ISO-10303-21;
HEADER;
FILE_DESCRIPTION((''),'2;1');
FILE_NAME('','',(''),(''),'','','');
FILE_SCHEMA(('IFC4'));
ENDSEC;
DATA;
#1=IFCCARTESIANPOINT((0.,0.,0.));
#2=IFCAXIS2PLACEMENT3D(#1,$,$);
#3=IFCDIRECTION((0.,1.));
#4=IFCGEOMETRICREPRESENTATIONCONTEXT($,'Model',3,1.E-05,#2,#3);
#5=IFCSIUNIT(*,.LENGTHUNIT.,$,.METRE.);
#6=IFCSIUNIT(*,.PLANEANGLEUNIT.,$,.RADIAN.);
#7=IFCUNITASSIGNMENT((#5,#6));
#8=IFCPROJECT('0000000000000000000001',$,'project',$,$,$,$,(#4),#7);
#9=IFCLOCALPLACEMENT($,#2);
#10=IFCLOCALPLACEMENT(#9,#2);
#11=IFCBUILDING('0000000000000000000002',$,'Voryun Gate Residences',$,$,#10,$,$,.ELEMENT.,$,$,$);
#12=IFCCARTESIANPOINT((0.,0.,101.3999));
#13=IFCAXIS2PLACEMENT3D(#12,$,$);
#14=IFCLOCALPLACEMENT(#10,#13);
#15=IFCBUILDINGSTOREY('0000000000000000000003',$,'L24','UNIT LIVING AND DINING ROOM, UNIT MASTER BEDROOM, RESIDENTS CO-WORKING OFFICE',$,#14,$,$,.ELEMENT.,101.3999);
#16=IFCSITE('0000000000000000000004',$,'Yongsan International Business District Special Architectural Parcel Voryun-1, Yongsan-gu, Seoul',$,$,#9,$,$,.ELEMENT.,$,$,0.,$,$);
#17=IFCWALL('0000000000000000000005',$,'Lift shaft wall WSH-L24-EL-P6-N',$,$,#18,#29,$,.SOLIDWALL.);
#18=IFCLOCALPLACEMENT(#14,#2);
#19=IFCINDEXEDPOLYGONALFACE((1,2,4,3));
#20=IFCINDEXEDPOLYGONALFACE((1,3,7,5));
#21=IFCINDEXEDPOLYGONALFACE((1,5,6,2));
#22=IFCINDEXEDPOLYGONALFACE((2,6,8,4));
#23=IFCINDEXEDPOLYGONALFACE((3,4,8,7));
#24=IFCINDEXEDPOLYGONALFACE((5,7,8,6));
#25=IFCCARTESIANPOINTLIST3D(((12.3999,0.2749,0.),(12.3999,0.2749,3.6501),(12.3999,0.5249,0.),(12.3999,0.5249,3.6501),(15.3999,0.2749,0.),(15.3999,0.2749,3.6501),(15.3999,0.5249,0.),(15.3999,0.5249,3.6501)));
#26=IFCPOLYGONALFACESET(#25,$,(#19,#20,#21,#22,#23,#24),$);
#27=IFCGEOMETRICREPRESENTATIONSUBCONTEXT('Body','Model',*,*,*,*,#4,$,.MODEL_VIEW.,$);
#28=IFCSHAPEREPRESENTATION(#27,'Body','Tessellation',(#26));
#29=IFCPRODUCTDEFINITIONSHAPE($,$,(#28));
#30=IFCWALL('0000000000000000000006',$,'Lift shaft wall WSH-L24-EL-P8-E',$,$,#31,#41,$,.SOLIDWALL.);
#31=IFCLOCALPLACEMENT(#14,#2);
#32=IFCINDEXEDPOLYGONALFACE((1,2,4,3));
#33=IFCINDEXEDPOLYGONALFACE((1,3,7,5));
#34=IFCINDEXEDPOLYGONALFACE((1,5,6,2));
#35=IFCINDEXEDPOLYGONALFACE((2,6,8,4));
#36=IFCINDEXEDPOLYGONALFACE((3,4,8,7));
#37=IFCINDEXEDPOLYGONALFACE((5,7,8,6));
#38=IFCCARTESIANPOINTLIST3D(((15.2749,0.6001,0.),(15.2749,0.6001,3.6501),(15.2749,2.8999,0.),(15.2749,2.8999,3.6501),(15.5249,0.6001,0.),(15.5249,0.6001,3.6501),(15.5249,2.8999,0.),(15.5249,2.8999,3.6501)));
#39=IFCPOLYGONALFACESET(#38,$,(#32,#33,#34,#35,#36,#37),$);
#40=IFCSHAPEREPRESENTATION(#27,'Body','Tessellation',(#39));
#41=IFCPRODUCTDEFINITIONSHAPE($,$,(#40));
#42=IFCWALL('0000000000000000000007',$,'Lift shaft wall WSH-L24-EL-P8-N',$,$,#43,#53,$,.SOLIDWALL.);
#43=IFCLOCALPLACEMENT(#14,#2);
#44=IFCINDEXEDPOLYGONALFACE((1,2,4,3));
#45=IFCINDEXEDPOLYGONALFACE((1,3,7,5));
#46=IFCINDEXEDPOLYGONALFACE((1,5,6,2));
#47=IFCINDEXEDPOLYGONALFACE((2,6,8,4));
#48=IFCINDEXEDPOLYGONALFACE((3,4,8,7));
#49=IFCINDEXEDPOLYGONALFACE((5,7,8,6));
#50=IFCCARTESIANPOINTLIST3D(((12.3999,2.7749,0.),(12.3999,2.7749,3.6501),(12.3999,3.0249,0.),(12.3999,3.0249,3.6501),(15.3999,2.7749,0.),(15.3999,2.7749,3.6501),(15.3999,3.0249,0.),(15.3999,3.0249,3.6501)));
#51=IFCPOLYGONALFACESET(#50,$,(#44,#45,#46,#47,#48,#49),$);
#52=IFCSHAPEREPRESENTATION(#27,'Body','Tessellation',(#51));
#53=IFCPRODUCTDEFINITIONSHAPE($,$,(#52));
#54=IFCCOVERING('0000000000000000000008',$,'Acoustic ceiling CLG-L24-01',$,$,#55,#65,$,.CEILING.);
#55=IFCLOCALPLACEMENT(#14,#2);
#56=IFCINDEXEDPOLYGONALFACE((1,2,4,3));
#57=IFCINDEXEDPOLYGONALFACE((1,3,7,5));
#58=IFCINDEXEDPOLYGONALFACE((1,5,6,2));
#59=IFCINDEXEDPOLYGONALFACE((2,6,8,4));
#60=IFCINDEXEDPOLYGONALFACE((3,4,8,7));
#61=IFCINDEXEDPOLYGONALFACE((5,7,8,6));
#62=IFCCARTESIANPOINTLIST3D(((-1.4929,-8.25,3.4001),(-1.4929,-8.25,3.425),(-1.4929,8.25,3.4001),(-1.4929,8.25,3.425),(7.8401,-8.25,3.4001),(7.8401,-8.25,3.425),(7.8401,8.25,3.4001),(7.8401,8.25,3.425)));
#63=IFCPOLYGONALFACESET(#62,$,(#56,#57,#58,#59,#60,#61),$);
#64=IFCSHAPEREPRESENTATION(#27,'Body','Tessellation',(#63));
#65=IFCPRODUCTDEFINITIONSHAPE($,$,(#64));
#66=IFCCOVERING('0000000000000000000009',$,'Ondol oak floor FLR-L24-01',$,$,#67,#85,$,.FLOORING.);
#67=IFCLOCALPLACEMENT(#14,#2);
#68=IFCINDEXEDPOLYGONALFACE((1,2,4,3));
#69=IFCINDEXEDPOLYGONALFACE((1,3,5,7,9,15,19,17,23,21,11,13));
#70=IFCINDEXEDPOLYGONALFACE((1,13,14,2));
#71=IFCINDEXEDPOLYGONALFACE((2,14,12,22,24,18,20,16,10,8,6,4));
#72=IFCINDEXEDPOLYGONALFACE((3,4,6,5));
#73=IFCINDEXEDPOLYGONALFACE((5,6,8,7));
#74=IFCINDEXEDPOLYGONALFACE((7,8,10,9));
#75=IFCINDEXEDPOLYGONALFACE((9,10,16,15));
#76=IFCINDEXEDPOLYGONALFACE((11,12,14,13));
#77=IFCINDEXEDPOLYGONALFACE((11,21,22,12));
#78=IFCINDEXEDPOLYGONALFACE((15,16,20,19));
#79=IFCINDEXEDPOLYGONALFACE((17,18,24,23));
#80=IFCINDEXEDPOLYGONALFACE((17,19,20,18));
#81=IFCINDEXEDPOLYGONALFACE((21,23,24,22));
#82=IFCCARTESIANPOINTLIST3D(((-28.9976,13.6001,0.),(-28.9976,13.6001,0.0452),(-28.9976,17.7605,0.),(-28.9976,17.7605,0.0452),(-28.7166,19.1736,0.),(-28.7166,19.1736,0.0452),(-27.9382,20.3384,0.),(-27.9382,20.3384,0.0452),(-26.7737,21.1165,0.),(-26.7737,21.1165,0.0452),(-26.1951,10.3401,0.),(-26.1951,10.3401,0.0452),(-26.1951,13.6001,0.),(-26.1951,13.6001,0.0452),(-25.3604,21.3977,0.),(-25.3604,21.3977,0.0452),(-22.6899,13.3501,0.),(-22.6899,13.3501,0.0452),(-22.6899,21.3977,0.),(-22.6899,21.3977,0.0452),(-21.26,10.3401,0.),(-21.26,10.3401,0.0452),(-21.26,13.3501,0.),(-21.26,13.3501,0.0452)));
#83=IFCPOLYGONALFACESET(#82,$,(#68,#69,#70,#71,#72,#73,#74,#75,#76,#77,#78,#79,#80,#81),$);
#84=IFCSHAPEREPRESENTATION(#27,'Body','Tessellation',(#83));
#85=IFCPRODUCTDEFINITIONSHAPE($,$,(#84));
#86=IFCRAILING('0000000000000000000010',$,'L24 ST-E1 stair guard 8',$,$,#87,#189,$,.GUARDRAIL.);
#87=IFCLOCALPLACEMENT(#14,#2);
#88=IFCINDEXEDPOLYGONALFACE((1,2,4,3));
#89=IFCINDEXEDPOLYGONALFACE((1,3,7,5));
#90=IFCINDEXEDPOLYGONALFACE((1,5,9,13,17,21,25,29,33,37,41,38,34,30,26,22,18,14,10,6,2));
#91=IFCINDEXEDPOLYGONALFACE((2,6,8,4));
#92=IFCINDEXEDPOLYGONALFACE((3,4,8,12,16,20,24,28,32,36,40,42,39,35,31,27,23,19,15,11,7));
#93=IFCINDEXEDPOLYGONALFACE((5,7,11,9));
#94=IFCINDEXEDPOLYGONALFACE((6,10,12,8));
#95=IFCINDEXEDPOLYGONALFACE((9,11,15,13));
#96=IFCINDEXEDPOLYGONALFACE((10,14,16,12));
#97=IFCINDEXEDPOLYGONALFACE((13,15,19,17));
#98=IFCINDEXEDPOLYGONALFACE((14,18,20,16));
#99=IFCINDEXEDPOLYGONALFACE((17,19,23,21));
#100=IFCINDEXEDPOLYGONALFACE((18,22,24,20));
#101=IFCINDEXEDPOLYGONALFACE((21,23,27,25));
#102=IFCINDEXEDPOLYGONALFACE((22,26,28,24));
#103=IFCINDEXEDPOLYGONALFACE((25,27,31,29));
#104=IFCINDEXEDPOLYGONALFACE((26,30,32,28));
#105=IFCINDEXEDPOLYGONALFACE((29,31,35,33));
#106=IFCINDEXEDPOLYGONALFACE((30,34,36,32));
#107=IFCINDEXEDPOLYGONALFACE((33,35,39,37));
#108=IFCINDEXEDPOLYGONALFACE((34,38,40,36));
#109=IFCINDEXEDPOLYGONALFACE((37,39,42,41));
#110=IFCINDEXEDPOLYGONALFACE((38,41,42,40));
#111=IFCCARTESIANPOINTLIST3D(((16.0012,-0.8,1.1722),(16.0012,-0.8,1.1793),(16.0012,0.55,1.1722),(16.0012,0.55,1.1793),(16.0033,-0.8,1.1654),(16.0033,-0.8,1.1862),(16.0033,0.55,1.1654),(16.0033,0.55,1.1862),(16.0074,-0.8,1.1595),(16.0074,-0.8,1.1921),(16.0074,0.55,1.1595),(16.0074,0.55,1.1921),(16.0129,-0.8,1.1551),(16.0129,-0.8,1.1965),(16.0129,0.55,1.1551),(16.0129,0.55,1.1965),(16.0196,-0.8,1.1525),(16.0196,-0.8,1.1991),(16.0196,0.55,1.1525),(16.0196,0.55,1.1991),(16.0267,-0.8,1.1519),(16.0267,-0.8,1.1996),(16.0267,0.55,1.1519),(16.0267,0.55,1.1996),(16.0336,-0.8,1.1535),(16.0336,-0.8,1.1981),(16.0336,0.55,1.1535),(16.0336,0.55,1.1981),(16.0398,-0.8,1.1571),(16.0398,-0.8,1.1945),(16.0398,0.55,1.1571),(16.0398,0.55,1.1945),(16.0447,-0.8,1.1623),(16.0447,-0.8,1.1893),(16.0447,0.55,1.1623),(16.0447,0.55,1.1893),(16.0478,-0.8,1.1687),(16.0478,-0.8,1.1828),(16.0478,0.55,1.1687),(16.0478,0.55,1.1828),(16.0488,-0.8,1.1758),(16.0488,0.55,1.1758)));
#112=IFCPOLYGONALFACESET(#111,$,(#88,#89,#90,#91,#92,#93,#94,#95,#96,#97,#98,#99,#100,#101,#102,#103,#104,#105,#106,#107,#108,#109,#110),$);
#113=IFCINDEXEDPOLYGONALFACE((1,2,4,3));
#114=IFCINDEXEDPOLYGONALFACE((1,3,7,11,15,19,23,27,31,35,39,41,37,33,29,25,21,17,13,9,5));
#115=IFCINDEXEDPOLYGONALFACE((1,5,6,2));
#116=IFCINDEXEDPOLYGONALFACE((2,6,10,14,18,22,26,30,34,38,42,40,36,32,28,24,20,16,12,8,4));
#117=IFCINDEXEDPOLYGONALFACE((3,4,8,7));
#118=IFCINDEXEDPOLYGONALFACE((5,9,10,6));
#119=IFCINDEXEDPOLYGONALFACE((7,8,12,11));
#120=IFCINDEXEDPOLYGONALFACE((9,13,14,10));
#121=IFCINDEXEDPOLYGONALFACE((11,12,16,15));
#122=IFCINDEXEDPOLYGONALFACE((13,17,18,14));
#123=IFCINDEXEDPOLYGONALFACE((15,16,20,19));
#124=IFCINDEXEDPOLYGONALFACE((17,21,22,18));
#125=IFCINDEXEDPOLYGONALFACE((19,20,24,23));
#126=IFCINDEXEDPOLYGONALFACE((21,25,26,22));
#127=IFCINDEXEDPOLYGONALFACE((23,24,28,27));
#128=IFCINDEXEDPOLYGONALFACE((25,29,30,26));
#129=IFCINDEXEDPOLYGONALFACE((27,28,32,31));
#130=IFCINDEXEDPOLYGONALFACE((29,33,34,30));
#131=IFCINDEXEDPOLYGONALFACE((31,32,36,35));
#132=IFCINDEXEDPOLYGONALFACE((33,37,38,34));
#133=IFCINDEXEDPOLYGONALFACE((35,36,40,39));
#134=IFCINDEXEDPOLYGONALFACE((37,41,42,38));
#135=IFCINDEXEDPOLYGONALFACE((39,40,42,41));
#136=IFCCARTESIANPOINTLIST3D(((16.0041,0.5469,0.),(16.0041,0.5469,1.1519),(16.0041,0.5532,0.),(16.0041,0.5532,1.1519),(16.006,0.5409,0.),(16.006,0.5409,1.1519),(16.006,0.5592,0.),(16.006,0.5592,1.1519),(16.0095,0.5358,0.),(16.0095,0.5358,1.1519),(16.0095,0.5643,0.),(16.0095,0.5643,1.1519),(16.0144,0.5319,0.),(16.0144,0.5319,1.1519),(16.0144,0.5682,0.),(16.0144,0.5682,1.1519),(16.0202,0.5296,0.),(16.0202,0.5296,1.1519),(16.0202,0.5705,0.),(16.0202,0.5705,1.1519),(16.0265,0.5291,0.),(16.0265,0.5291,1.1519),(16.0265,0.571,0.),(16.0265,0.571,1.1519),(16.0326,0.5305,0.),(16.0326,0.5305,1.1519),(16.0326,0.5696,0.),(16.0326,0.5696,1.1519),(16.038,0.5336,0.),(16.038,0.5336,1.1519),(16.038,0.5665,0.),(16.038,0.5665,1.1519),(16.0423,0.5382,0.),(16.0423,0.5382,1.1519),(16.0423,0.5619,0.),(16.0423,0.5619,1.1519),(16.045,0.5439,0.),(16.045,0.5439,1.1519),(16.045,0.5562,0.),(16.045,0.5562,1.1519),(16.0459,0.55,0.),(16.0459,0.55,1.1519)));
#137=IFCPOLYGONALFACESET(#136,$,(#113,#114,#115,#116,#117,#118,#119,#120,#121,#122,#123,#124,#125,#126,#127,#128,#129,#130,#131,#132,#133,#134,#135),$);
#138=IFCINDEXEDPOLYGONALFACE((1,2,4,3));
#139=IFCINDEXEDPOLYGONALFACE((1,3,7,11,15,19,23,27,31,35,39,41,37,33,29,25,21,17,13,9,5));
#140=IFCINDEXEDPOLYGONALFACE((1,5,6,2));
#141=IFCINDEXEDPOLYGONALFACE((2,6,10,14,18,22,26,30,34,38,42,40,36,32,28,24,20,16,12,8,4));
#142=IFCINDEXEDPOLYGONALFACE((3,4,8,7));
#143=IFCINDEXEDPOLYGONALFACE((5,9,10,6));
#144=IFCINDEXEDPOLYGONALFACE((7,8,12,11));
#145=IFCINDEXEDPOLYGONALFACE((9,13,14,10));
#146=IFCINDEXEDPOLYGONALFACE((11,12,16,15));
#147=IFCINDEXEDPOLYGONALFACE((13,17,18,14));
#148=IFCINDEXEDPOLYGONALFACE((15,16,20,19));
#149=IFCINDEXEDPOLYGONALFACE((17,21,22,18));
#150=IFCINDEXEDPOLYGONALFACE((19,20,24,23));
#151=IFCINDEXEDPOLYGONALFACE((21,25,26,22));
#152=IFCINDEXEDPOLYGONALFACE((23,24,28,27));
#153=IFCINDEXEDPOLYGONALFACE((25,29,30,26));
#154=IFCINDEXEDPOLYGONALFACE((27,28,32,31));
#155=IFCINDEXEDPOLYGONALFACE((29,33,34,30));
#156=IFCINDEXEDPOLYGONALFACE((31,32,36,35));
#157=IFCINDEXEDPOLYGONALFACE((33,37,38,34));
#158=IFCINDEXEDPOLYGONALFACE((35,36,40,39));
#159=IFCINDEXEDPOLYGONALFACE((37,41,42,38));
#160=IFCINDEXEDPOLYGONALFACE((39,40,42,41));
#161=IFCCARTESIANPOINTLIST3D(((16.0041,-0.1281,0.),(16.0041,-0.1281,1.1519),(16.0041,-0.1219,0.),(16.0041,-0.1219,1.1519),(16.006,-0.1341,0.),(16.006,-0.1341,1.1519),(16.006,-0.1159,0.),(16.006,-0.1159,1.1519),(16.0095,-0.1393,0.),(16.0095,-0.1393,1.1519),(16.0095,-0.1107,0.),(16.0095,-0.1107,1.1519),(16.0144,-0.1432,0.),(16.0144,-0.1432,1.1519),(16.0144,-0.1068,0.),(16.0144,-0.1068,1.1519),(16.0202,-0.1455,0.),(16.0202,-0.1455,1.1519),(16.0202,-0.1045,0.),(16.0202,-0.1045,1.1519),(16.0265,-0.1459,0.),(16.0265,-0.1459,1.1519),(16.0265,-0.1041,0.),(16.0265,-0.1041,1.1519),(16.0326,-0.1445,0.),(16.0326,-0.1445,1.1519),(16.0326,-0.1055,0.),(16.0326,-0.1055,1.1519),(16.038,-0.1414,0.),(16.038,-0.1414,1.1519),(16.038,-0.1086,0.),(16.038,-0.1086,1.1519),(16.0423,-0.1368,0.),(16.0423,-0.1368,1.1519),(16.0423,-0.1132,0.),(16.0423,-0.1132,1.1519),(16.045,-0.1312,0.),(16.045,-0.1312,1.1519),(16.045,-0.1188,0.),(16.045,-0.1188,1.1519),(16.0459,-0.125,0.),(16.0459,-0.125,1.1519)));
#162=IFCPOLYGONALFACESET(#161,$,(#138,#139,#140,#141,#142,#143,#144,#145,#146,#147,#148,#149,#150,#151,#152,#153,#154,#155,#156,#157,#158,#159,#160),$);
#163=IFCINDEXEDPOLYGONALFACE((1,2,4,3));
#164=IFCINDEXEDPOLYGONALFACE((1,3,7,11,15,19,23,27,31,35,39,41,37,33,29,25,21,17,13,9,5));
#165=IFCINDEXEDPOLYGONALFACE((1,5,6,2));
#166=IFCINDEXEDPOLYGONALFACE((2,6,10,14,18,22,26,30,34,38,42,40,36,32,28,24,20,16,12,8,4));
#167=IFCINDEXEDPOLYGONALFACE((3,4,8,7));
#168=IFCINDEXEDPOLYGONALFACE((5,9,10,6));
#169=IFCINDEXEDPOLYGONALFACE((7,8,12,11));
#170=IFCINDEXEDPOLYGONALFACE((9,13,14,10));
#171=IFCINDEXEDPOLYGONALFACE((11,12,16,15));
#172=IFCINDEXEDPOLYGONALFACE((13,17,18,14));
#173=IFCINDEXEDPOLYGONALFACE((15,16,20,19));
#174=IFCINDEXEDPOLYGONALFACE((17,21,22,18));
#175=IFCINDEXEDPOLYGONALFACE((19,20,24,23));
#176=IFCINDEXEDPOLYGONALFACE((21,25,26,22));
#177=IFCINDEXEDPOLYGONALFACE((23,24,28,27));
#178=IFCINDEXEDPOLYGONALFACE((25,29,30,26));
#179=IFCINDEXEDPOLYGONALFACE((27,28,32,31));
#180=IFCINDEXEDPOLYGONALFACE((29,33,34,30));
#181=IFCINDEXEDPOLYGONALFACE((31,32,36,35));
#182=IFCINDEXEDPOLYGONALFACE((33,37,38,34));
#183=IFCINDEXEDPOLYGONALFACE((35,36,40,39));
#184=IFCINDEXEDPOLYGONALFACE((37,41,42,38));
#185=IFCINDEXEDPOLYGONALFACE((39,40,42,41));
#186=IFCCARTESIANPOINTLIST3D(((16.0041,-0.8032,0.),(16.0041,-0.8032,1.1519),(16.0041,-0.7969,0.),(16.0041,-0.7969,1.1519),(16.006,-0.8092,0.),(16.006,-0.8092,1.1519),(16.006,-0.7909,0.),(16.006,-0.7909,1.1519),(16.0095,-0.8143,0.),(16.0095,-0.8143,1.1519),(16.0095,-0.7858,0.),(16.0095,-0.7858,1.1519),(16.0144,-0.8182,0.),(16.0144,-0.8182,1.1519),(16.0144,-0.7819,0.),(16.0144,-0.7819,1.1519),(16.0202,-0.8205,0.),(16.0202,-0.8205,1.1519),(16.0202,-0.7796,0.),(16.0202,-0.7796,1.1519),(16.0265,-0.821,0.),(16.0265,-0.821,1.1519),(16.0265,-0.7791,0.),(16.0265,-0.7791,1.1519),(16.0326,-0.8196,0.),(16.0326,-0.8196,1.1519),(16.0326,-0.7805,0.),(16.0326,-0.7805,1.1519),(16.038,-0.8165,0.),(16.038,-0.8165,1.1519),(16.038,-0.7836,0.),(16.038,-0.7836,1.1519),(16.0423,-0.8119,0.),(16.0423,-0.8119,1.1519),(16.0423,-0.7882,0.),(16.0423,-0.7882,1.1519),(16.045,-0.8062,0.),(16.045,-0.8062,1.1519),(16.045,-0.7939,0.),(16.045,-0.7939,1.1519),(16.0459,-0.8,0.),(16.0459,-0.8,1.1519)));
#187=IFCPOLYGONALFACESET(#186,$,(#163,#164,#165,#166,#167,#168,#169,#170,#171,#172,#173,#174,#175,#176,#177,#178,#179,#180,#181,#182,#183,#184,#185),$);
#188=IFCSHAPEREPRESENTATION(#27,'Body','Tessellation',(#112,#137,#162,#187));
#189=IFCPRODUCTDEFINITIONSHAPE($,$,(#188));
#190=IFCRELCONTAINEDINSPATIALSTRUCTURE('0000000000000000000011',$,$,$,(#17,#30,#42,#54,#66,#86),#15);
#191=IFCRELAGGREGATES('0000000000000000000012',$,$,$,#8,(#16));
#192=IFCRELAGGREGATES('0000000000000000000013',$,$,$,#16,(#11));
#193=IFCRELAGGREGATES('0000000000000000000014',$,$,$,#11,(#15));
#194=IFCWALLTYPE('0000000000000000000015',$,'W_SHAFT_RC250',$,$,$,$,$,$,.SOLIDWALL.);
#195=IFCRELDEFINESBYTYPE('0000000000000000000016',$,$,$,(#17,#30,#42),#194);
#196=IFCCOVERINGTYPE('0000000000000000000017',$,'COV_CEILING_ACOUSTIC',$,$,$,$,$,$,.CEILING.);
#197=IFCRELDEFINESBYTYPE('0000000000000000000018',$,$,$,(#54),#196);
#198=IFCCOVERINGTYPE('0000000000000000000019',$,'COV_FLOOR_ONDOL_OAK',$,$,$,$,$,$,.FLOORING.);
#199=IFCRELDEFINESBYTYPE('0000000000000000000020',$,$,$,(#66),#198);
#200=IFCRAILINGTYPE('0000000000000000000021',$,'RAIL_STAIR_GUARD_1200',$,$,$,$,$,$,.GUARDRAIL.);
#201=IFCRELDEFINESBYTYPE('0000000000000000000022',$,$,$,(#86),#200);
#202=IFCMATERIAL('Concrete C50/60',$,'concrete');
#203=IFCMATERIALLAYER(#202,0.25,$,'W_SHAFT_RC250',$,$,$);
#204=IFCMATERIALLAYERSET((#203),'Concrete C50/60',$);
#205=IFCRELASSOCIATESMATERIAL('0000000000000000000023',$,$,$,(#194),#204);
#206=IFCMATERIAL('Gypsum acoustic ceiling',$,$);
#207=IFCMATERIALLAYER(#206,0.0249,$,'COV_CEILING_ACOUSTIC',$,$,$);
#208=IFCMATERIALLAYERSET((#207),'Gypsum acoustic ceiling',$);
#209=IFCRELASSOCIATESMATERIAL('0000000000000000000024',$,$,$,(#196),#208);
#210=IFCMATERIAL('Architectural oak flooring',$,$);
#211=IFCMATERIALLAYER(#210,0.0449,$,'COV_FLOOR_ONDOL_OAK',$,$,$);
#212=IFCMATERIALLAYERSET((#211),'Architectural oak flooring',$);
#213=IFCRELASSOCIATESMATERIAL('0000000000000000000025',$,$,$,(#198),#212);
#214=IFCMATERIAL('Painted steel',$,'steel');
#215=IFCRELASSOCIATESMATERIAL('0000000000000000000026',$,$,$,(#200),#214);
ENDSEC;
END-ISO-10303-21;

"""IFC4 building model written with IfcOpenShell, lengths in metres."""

from ifc_helpers import new_model, si_unit, direction, frame, frame_2d, origin, origin_2d, place, context, subcontext, project, spatial, polyline, rectangle, circle, outline, extrude, material, layer, layer_set, type_object, element, save


model = new_model("IFC4")

# Units and contexts
model_context = context("Model", 3, precision=1e-05, world=origin(), true_north=direction((0.0, 1.0)))
body_context = subcontext(model_context, "Body", "Model", "MODEL_VIEW")
ifc_project = project(units=[si_unit("LENGTHUNIT", "METRE"), si_unit("PLANEANGLEUNIT", "RADIAN")], contexts=[model_context])

# Site, building, storey
site_placement = place(None, origin())
site = spatial("IfcSite", under=ifc_project, at=site_placement, Name="Yongsan International Business District Special Architectural Parcel Voryun-1, Yongsan-gu, Seoul", CompositionType="ELEMENT", RefElevation=0.0)
building_placement = place(site_placement, origin())
building = spatial("IfcBuilding", under=site, at=building_placement, Name="Voryun Gate Residences", CompositionType="ELEMENT")
storey_placement = place(building_placement, frame((0.0, 0.0, 101.3999)))
storey = spatial("IfcBuildingStorey", under=building, at=storey_placement, Name="L24", Description="UNIT LIVING AND DINING ROOM, UNIT MASTER BEDROOM, RESIDENTS CO-WORKING OFFICE", CompositionType="ELEMENT", Elevation=101.3999)

# Walls
ifc_material_1 = material(Name="Concrete C50/60", Category="concrete")
ifc_layer_1 = layer(ifc_material_1, 0.25, Name="W_SHAFT_RC250")
ifc_layer_set_1 = layer_set([ifc_layer_1], Name="Concrete C50/60")
wall_type_1 = type_object("IfcWallType", Name="W_SHAFT_RC250", PredefinedType="SOLIDWALL", material=ifc_layer_set_1)
wall_1_placement = place(storey_placement, frame((15.3999, 0.3999, 0.0), z_axis=(0.0, 0.0, 1.0), x_axis=(-1.0, 0.0, 0.0)))
element("IfcWall", 1, at=wall_1_placement, inside=storey, type_object=wall_type_1, Name="Lift shaft wall WSH-L24-EL-P6-N", PredefinedType="SOLIDWALL", context=body_context, shape_type="SweptSolid", body=[
    extrude(rectangle(XDim=3.0, YDim=0.25, at=frame_2d((1.5, 0.0))), origin(), (0.0, 0.0, 1.0), 3.6501),
])
wall_2_placement = place(storey_placement, frame((15.3999, 0.6001, 0.0), z_axis=(0.0, 0.0, 1.0), x_axis=(0.0, 1.0, 0.0)))
element("IfcWall", 2, at=wall_2_placement, inside=storey, type_object=wall_type_1, Name="Lift shaft wall WSH-L24-EL-P8-E", PredefinedType="SOLIDWALL", context=body_context, shape_type="SweptSolid", body=[
    extrude(rectangle(XDim=2.2998, YDim=0.25, at=frame_2d((1.1499, 0.0))), origin(), (0.0, 0.0, 1.0), 3.6501),
])
wall_3_placement = place(storey_placement, frame((15.3999, 2.8999, 0.0), z_axis=(0.0, 0.0, 1.0), x_axis=(-1.0, 0.0, 0.0)))
element("IfcWall", 3, at=wall_3_placement, inside=storey, type_object=wall_type_1, Name="Lift shaft wall WSH-L24-EL-P8-N", PredefinedType="SOLIDWALL", context=body_context, shape_type="SweptSolid", body=[
    extrude(rectangle(XDim=3.0, YDim=0.25, at=frame_2d((1.5, 0.0))), origin(), (0.0, 0.0, 1.0), 3.6501),
])

# Coverings
ifc_material_2 = material(Name="Gypsum acoustic ceiling")
ifc_layer_2 = layer(ifc_material_2, 0.0249, Name="COV_CEILING_ACOUSTIC")
ifc_layer_set_2 = layer_set([ifc_layer_2], Name="Gypsum acoustic ceiling")
covering_type_1 = type_object("IfcCoveringType", Name="COV_CEILING_ACOUSTIC", PredefinedType="CEILING", material=ifc_layer_set_2)
covering_1_placement = place(storey_placement, frame((0.0, 0.0, 3.4001)))
element("IfcCovering", 4, at=covering_1_placement, inside=storey, type_object=covering_type_1, Name="Acoustic ceiling CLG-L24-01", PredefinedType="CEILING", context=body_context, shape_type="SweptSolid", body=[
    extrude(outline(polyline([(-1.4929, 8.25), (7.8401, 8.25), (7.8401, -8.25), (-1.4929, -8.25), (-1.4929, 8.25)])), origin(), (0.0, 0.0, 1.0), 0.0249),
])
ifc_material_3 = material(Name="Architectural oak flooring")
ifc_layer_3 = layer(ifc_material_3, 0.0449, Name="COV_FLOOR_ONDOL_OAK")
ifc_layer_set_3 = layer_set([ifc_layer_3], Name="Architectural oak flooring")
covering_type_2 = type_object("IfcCoveringType", Name="COV_FLOOR_ONDOL_OAK", PredefinedType="FLOORING", material=ifc_layer_set_3)
covering_2_placement = place(storey_placement, origin())
element("IfcCovering", 5, at=covering_2_placement, inside=storey, type_object=covering_type_2, Name="Ondol oak floor FLR-L24-01", PredefinedType="FLOORING", context=body_context, shape_type="SweptSolid", body=[
    extrude(outline(polyline([(-28.9976, 17.7605), (-28.7166, 19.1736), (-27.9382, 20.3384), (-26.7737, 21.1165), (-25.3604, 21.3977), (-22.6899, 21.3977), (-22.6899, 13.3501), (-21.26, 13.3501), (-21.26, 10.3401), (-26.1951, 10.3401), (-26.1951, 13.6001), (-28.9976, 13.6001), (-28.9976, 17.7605)])), origin(), (0.0, 0.0, 1.0), 0.0452),
])

# Railing
ifc_material_4 = material(Name="Painted steel", Category="steel")
railing_type = type_object("IfcRailingType", Name="RAIL_STAIR_GUARD_1200", PredefinedType="GUARDRAIL", material=ifc_material_4)
railing_1_placement = place(storey_placement, frame((16.0249, 0.55, 0.0)))
element("IfcRailing", 6, at=railing_1_placement, inside=storey, type_object=railing_type, Name="L24 ST-E1 stair guard 8", PredefinedType="GUARDRAIL", context=body_context, shape_type="SweptSolid", body=[
    extrude(circle(Radius=0.0239, at=origin_2d()), frame((0.0, 0.0, 1.1758), z_axis=(0.0, -1.0, 0.0), x_axis=(1.0, 0.0, 0.0)), (0.0, 0.0, 1.0), 1.3501),
    extrude(circle(Radius=0.021, at=origin_2d()), origin(), (0.0, 0.0, 1.0), 1.1519),
    extrude(circle(Radius=0.021, at=origin_2d()), frame((0.0, -0.675, 0.0)), (0.0, 0.0, 1.0), 1.1519),
    extrude(circle(Radius=0.021, at=origin_2d()), frame((0.0, -1.3501, 0.0)), (0.0, 0.0, 1.0), 1.1519),
])

save(model, "model.ifc")
